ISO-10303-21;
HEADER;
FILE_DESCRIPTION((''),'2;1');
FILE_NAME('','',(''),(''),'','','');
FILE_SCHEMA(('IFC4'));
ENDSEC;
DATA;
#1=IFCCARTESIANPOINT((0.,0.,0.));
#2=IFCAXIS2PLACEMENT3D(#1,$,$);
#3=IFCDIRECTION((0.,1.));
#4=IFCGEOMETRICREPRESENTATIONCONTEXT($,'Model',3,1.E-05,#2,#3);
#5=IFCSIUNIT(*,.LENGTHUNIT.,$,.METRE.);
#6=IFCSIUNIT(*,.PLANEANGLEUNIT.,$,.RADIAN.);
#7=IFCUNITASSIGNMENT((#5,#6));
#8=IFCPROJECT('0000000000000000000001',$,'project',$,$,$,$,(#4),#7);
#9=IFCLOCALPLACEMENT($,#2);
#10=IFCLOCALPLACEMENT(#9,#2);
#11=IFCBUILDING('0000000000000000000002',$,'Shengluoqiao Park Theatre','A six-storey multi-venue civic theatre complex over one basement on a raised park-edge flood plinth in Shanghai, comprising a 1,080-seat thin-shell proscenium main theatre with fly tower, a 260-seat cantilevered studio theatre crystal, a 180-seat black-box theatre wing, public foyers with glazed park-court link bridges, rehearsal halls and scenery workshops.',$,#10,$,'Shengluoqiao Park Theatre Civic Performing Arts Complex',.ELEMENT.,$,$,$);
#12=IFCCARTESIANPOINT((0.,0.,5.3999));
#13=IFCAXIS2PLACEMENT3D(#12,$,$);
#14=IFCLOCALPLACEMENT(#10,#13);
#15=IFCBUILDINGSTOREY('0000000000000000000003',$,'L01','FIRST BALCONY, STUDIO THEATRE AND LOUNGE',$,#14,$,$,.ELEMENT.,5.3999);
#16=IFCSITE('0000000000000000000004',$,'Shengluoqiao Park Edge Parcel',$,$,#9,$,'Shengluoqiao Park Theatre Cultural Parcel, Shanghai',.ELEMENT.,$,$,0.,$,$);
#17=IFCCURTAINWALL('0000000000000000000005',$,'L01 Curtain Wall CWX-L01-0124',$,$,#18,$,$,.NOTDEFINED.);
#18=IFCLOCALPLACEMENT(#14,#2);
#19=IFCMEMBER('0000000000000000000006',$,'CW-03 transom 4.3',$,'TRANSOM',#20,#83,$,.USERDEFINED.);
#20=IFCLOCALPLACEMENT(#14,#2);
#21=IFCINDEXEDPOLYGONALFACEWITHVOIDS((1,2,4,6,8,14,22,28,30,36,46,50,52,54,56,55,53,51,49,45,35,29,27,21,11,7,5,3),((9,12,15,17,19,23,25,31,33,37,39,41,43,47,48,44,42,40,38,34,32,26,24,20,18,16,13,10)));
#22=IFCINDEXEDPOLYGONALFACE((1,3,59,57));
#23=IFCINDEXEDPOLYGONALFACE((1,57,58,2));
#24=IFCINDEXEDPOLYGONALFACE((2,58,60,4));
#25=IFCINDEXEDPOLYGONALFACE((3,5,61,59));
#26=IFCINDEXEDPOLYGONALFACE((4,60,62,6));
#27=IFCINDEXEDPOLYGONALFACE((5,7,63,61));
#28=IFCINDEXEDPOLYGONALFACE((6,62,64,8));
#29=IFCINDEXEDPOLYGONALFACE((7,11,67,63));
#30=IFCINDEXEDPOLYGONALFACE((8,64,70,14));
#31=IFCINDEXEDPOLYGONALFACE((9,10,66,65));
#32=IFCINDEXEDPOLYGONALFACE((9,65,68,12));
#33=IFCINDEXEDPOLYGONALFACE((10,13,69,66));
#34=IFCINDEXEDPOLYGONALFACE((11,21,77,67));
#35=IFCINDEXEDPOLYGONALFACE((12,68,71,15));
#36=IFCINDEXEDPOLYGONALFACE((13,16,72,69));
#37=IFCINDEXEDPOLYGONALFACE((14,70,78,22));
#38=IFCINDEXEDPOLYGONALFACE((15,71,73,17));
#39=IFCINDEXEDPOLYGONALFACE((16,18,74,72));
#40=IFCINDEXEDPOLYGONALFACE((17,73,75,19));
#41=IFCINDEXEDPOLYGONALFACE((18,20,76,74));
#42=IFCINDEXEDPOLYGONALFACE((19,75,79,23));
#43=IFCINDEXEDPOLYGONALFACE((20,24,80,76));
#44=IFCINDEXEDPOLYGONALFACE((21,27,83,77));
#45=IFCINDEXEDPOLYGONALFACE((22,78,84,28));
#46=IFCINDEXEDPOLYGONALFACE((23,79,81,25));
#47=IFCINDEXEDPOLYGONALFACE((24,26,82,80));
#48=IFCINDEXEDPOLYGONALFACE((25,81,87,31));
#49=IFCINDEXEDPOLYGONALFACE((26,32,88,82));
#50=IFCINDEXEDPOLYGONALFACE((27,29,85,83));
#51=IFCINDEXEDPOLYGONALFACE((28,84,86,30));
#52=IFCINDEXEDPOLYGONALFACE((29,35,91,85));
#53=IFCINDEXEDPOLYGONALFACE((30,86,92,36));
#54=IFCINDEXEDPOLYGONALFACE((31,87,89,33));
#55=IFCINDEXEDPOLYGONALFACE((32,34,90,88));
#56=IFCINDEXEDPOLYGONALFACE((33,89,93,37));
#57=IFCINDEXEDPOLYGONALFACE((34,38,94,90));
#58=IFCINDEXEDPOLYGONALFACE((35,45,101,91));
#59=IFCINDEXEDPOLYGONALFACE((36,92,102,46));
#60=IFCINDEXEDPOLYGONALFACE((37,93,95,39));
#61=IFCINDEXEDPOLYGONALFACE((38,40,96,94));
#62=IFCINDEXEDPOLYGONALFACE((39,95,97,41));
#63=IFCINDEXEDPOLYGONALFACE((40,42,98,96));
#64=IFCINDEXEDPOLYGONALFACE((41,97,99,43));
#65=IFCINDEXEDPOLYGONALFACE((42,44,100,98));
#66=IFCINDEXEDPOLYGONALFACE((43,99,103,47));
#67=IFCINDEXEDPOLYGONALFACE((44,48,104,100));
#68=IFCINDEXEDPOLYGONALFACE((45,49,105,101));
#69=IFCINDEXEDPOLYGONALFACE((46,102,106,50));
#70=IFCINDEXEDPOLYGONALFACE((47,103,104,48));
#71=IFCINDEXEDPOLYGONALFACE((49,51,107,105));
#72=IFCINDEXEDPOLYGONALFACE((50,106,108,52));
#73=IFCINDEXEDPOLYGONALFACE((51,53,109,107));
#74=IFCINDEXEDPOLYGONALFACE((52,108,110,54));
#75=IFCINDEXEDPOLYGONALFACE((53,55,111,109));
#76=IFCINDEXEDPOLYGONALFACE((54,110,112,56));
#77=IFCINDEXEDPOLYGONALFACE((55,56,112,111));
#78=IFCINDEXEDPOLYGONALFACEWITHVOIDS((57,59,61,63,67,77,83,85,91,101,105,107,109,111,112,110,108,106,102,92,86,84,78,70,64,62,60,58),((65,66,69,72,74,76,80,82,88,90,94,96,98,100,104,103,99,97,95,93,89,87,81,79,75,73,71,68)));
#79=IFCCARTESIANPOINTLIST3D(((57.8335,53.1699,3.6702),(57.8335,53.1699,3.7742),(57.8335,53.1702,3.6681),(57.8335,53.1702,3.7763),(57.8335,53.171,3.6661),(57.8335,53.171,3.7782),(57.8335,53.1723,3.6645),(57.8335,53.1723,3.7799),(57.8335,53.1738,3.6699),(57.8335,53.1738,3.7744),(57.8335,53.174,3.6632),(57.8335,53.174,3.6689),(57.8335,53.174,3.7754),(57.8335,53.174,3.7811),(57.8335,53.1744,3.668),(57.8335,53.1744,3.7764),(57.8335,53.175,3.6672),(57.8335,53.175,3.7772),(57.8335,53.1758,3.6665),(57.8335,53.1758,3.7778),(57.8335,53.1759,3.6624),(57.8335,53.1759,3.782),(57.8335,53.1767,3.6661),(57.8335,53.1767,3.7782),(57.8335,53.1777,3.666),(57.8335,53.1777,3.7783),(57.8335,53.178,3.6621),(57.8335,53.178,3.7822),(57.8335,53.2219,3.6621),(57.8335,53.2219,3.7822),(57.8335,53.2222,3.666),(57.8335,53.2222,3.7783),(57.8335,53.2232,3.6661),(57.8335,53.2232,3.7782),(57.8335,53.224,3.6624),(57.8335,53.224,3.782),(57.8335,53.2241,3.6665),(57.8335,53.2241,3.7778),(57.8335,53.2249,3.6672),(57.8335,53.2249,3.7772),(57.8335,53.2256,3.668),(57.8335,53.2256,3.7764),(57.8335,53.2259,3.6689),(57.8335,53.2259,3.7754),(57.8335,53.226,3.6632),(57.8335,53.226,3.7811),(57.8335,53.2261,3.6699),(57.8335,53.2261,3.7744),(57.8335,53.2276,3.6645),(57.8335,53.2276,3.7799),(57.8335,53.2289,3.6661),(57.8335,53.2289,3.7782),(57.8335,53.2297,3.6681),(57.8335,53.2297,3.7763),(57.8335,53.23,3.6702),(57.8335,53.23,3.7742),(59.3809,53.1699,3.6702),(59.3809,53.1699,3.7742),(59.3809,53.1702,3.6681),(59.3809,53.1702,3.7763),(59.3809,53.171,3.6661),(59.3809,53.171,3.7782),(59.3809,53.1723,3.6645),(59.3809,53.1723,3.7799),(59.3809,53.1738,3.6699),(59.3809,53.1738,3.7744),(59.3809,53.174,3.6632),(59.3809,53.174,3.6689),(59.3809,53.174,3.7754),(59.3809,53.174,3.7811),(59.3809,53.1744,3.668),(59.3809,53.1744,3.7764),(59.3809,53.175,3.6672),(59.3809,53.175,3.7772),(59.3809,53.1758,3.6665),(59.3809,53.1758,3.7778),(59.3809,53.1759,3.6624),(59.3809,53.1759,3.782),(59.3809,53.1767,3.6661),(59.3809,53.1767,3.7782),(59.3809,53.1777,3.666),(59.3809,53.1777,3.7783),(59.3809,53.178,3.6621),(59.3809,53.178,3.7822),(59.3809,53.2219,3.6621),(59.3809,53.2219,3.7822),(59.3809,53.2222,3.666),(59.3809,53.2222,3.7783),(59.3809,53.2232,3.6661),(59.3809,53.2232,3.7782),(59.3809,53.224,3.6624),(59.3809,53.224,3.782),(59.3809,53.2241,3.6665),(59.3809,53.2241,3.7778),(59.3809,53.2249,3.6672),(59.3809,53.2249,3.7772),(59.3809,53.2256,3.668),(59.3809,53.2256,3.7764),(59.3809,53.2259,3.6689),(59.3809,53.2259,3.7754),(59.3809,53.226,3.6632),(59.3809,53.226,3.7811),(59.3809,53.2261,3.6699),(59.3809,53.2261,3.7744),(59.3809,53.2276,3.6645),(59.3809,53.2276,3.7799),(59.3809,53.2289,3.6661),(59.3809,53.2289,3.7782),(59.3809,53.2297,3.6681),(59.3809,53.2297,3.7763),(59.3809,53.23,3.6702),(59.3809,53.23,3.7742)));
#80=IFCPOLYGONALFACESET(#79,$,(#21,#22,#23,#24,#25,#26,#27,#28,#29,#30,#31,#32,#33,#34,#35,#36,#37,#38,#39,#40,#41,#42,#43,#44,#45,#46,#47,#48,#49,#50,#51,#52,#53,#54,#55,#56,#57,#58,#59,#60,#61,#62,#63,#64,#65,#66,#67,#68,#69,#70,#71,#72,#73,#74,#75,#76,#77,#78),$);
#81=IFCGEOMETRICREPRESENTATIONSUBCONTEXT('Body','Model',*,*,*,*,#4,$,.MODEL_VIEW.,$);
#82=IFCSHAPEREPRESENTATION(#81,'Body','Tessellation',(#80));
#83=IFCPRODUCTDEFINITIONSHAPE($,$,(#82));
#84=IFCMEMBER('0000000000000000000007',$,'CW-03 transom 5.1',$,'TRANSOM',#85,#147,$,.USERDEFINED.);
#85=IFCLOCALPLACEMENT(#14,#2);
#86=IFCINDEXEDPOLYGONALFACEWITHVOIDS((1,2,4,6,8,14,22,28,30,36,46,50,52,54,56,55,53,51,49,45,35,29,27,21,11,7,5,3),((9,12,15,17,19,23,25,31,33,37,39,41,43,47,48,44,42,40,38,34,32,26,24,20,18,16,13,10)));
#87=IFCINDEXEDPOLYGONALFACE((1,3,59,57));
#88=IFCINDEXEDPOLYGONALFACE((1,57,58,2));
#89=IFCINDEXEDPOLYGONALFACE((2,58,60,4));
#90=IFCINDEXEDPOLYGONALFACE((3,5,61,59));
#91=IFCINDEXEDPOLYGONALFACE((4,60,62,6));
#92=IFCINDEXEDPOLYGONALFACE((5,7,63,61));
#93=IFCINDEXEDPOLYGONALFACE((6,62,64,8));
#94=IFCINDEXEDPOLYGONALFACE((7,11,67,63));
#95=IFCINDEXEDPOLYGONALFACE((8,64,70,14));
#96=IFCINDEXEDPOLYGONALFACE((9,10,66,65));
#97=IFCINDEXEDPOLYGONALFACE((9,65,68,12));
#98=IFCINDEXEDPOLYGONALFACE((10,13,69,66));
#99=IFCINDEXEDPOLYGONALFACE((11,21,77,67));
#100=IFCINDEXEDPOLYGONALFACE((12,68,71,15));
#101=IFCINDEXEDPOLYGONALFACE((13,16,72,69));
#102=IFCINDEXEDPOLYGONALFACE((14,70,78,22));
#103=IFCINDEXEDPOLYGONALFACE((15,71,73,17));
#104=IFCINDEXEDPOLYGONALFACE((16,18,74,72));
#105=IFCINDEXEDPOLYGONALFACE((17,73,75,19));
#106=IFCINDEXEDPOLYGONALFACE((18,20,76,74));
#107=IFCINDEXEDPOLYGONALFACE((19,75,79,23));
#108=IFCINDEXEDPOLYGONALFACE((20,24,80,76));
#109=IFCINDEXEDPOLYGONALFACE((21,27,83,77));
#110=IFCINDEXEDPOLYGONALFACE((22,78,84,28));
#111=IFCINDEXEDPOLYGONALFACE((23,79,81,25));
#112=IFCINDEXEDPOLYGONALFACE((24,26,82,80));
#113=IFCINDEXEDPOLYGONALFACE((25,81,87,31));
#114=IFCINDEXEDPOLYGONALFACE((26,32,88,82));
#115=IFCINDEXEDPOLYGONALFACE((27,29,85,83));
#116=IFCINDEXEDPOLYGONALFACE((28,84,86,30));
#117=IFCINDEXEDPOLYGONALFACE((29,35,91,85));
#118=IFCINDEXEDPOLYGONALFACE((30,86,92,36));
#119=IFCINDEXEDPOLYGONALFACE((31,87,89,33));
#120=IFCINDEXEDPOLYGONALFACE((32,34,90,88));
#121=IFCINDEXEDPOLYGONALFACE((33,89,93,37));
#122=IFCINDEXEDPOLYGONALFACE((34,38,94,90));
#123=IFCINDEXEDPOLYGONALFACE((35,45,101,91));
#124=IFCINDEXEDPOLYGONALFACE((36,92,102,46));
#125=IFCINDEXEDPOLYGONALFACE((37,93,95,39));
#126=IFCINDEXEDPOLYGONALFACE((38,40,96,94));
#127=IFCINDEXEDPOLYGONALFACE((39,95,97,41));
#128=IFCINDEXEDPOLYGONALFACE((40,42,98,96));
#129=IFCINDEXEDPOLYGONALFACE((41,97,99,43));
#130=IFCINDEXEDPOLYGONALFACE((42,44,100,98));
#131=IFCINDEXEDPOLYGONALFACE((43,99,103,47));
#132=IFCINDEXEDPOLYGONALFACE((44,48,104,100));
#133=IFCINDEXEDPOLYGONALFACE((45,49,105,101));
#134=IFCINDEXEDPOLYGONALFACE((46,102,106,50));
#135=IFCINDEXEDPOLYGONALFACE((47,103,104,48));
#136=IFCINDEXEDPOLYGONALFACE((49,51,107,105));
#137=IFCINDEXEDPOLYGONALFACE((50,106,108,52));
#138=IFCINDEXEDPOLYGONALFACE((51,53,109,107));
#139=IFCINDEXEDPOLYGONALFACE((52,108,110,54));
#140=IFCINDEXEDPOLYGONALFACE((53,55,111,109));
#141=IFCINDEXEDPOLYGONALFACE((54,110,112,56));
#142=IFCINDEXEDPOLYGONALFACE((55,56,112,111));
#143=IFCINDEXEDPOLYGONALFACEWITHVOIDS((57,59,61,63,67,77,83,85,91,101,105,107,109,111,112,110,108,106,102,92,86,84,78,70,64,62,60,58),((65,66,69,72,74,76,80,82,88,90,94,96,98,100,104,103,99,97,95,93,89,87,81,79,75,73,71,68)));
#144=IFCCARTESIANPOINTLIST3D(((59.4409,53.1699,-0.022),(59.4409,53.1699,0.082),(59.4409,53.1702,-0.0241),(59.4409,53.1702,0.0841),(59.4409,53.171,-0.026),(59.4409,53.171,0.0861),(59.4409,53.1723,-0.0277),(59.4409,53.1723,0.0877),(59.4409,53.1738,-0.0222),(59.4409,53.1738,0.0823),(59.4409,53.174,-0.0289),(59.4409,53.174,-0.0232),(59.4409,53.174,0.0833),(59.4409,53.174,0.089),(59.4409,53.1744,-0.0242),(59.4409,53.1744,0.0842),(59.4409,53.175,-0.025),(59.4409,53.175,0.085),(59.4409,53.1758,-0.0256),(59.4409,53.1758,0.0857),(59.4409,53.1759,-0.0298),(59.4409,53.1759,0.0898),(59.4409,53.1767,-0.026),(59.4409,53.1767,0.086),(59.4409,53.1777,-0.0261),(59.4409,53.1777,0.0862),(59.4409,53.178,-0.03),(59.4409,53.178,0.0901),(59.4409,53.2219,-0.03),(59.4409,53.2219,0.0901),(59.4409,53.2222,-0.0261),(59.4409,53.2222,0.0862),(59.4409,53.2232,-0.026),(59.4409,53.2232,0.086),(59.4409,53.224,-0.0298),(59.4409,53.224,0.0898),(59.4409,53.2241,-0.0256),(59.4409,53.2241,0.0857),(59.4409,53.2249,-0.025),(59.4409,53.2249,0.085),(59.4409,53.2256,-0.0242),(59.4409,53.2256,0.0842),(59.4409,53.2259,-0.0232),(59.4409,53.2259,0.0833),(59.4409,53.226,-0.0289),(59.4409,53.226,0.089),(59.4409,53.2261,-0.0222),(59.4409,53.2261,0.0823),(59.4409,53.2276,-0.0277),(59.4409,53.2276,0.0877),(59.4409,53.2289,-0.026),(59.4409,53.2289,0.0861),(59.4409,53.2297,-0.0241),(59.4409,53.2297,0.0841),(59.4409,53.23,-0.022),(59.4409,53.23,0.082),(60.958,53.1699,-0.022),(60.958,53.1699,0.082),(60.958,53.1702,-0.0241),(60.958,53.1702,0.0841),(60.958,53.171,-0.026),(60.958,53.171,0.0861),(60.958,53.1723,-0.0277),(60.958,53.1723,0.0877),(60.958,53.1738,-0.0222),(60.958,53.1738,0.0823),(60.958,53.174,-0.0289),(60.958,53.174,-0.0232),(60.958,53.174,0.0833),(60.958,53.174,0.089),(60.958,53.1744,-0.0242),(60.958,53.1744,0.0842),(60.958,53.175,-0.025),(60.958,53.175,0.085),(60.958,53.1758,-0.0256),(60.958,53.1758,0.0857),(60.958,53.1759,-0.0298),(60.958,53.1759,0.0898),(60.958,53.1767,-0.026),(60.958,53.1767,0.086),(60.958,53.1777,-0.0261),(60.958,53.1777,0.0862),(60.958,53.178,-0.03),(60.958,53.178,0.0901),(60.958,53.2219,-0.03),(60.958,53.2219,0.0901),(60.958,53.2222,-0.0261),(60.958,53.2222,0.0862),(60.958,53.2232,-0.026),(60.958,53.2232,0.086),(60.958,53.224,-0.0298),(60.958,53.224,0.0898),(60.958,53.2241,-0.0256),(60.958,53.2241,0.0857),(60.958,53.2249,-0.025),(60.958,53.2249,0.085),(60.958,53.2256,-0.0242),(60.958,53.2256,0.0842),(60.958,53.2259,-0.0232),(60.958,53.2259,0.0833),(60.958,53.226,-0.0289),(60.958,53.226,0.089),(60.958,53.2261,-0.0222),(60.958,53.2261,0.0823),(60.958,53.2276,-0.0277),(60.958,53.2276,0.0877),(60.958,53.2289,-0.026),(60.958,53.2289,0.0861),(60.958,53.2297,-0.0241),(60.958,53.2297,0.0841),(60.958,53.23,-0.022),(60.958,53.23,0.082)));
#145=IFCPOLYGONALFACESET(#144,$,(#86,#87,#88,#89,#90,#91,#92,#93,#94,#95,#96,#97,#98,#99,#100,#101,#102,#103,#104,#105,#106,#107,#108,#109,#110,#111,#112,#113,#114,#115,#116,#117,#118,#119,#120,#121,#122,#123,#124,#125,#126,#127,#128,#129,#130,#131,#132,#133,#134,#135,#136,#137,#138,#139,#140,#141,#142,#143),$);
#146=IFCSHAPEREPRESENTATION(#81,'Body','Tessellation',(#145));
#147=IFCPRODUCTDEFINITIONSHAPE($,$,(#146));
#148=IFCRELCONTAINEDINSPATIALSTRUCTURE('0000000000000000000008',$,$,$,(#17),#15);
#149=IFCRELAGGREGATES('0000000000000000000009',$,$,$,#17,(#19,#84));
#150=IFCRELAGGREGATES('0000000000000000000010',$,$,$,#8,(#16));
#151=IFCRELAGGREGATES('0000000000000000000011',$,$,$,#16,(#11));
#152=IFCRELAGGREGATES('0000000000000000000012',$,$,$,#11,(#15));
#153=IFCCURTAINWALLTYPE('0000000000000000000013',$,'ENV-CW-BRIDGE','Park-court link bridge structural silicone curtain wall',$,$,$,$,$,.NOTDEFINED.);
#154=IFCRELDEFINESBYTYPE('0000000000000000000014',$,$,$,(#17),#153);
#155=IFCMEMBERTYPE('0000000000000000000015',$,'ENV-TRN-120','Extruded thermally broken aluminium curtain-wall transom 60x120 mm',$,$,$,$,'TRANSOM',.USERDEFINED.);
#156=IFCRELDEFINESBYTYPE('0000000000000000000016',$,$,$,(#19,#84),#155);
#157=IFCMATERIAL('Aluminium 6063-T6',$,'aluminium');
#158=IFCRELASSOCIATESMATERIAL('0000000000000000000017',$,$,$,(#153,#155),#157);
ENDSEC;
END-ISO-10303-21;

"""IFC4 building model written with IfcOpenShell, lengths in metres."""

from ifc_helpers import new_model, si_unit, direction, frame, origin, origin_2d, place, context, subcontext, project, spatial, hollow_rectangle, extrude, material, material_profile, profile_set, type_object, element, aggregate, save


model = new_model("IFC4")

# Units and contexts
model_context = context("Model", 3, precision=1e-05, world=origin(), true_north=direction((0.0, 1.0)))
body_context = subcontext(model_context, "Body", "Model", "MODEL_VIEW")
ifc_project = project(units=[si_unit("LENGTHUNIT", "METRE"), si_unit("PLANEANGLEUNIT", "RADIAN")], contexts=[model_context])

# Site, building, storey
site_placement = place(None, origin())
site = spatial("IfcSite", under=ifc_project, at=site_placement, Name="Shengluoqiao Park Edge Parcel", LongName="Shengluoqiao Park Theatre Cultural Parcel, Shanghai", CompositionType="ELEMENT", RefElevation=0.0)
building_placement = place(site_placement, origin())
building = spatial("IfcBuilding", under=site, at=building_placement, Name="Shengluoqiao Park Theatre", Description="A six-storey multi-venue civic theatre complex over one basement on a raised park-edge flood plinth in Shanghai, comprising a 1,080-seat thin-shell proscenium main theatre with fly tower, a 260-seat cantilevered studio theatre crystal, a 180-seat black-box theatre wing, public foyers with glazed park-court link bridges, rehearsal halls and scenery workshops.", LongName="Shengluoqiao Park Theatre Civic Performing Arts Complex", CompositionType="ELEMENT")
storey_placement = place(building_placement, frame((0.0, 0.0, 5.3999)))
storey = spatial("IfcBuildingStorey", under=building, at=storey_placement, Name="L01", Description="FIRST BALCONY, STUDIO THEATRE AND LOUNGE", CompositionType="ELEMENT", Elevation=5.3999)

# Curtain wall
ifc_material_1 = material(Name="Aluminium 6063-T6", Category="aluminium")
curtain_wall_type = type_object("IfcCurtainWallType", Name="ENV-CW-BRIDGE", Description="Park-court link bridge structural silicone curtain wall", PredefinedType="NOTDEFINED", material=ifc_material_1)
curtain_wall_1_placement = place(storey_placement, origin())
curtain_wall_1 = element("IfcCurtainWall", 1, at=curtain_wall_1_placement, inside=storey, type_object=curtain_wall_type, Name="L01 Curtain Wall CWX-L01-0124", PredefinedType="NOTDEFINED")

# Members
ifc_material_profile_1 = material_profile(ifc_material_1, hollow_rectangle(XDim=0.0601, YDim=0.1201, WallThickness=0.0039, InnerFilletRadius=0.0039, OuterFilletRadius=0.0081, at=origin_2d()), Name="ALU TRANSOM 120x60x4")
ifc_profile_set_1 = profile_set([ifc_material_profile_1], Name="Aluminium 6063-T6")
member_type_1 = type_object("IfcMemberType", Name="ENV-TRN-120", Description="Extruded thermally broken aluminium curtain-wall transom 60x120 mm", ElementType="TRANSOM", PredefinedType="USERDEFINED", material=ifc_profile_set_1)
member_1_placement = place(storey_placement, frame((57.8335, 53.2, 3.7222), z_axis=(1.0, 0.0, 0.0), x_axis=(0.0, 1.0, 0.0)))
member_1 = element("IfcMember", 2, at=member_1_placement, type_object=member_type_1, Name="CW-03 transom 4.3", ObjectType="TRANSOM", PredefinedType="USERDEFINED", context=body_context, shape_type="SweptSolid", body=[
    extrude(hollow_rectangle(XDim=0.0601, YDim=0.1201, WallThickness=0.0039, InnerFilletRadius=0.0039, OuterFilletRadius=0.0081, at=origin_2d()), origin(), (0.0, 0.0, 1.0), 1.5474),
])
member_2_placement = place(storey_placement, frame((59.4409, 53.2, 0.03), z_axis=(1.0, 0.0, 0.0), x_axis=(0.0, 1.0, 0.0)))
member_2 = element("IfcMember", 3, at=member_2_placement, type_object=member_type_1, Name="CW-03 transom 5.1", ObjectType="TRANSOM", PredefinedType="USERDEFINED", context=body_context, shape_type="SweptSolid", body=[
    extrude(hollow_rectangle(XDim=0.0601, YDim=0.1201, WallThickness=0.0039, InnerFilletRadius=0.0039, OuterFilletRadius=0.0081, at=origin_2d()), origin(), (0.0, 0.0, 1.0), 1.5171),
])

aggregate(curtain_wall_1, [member_1, member_2])

save(model, "model.ifc")
